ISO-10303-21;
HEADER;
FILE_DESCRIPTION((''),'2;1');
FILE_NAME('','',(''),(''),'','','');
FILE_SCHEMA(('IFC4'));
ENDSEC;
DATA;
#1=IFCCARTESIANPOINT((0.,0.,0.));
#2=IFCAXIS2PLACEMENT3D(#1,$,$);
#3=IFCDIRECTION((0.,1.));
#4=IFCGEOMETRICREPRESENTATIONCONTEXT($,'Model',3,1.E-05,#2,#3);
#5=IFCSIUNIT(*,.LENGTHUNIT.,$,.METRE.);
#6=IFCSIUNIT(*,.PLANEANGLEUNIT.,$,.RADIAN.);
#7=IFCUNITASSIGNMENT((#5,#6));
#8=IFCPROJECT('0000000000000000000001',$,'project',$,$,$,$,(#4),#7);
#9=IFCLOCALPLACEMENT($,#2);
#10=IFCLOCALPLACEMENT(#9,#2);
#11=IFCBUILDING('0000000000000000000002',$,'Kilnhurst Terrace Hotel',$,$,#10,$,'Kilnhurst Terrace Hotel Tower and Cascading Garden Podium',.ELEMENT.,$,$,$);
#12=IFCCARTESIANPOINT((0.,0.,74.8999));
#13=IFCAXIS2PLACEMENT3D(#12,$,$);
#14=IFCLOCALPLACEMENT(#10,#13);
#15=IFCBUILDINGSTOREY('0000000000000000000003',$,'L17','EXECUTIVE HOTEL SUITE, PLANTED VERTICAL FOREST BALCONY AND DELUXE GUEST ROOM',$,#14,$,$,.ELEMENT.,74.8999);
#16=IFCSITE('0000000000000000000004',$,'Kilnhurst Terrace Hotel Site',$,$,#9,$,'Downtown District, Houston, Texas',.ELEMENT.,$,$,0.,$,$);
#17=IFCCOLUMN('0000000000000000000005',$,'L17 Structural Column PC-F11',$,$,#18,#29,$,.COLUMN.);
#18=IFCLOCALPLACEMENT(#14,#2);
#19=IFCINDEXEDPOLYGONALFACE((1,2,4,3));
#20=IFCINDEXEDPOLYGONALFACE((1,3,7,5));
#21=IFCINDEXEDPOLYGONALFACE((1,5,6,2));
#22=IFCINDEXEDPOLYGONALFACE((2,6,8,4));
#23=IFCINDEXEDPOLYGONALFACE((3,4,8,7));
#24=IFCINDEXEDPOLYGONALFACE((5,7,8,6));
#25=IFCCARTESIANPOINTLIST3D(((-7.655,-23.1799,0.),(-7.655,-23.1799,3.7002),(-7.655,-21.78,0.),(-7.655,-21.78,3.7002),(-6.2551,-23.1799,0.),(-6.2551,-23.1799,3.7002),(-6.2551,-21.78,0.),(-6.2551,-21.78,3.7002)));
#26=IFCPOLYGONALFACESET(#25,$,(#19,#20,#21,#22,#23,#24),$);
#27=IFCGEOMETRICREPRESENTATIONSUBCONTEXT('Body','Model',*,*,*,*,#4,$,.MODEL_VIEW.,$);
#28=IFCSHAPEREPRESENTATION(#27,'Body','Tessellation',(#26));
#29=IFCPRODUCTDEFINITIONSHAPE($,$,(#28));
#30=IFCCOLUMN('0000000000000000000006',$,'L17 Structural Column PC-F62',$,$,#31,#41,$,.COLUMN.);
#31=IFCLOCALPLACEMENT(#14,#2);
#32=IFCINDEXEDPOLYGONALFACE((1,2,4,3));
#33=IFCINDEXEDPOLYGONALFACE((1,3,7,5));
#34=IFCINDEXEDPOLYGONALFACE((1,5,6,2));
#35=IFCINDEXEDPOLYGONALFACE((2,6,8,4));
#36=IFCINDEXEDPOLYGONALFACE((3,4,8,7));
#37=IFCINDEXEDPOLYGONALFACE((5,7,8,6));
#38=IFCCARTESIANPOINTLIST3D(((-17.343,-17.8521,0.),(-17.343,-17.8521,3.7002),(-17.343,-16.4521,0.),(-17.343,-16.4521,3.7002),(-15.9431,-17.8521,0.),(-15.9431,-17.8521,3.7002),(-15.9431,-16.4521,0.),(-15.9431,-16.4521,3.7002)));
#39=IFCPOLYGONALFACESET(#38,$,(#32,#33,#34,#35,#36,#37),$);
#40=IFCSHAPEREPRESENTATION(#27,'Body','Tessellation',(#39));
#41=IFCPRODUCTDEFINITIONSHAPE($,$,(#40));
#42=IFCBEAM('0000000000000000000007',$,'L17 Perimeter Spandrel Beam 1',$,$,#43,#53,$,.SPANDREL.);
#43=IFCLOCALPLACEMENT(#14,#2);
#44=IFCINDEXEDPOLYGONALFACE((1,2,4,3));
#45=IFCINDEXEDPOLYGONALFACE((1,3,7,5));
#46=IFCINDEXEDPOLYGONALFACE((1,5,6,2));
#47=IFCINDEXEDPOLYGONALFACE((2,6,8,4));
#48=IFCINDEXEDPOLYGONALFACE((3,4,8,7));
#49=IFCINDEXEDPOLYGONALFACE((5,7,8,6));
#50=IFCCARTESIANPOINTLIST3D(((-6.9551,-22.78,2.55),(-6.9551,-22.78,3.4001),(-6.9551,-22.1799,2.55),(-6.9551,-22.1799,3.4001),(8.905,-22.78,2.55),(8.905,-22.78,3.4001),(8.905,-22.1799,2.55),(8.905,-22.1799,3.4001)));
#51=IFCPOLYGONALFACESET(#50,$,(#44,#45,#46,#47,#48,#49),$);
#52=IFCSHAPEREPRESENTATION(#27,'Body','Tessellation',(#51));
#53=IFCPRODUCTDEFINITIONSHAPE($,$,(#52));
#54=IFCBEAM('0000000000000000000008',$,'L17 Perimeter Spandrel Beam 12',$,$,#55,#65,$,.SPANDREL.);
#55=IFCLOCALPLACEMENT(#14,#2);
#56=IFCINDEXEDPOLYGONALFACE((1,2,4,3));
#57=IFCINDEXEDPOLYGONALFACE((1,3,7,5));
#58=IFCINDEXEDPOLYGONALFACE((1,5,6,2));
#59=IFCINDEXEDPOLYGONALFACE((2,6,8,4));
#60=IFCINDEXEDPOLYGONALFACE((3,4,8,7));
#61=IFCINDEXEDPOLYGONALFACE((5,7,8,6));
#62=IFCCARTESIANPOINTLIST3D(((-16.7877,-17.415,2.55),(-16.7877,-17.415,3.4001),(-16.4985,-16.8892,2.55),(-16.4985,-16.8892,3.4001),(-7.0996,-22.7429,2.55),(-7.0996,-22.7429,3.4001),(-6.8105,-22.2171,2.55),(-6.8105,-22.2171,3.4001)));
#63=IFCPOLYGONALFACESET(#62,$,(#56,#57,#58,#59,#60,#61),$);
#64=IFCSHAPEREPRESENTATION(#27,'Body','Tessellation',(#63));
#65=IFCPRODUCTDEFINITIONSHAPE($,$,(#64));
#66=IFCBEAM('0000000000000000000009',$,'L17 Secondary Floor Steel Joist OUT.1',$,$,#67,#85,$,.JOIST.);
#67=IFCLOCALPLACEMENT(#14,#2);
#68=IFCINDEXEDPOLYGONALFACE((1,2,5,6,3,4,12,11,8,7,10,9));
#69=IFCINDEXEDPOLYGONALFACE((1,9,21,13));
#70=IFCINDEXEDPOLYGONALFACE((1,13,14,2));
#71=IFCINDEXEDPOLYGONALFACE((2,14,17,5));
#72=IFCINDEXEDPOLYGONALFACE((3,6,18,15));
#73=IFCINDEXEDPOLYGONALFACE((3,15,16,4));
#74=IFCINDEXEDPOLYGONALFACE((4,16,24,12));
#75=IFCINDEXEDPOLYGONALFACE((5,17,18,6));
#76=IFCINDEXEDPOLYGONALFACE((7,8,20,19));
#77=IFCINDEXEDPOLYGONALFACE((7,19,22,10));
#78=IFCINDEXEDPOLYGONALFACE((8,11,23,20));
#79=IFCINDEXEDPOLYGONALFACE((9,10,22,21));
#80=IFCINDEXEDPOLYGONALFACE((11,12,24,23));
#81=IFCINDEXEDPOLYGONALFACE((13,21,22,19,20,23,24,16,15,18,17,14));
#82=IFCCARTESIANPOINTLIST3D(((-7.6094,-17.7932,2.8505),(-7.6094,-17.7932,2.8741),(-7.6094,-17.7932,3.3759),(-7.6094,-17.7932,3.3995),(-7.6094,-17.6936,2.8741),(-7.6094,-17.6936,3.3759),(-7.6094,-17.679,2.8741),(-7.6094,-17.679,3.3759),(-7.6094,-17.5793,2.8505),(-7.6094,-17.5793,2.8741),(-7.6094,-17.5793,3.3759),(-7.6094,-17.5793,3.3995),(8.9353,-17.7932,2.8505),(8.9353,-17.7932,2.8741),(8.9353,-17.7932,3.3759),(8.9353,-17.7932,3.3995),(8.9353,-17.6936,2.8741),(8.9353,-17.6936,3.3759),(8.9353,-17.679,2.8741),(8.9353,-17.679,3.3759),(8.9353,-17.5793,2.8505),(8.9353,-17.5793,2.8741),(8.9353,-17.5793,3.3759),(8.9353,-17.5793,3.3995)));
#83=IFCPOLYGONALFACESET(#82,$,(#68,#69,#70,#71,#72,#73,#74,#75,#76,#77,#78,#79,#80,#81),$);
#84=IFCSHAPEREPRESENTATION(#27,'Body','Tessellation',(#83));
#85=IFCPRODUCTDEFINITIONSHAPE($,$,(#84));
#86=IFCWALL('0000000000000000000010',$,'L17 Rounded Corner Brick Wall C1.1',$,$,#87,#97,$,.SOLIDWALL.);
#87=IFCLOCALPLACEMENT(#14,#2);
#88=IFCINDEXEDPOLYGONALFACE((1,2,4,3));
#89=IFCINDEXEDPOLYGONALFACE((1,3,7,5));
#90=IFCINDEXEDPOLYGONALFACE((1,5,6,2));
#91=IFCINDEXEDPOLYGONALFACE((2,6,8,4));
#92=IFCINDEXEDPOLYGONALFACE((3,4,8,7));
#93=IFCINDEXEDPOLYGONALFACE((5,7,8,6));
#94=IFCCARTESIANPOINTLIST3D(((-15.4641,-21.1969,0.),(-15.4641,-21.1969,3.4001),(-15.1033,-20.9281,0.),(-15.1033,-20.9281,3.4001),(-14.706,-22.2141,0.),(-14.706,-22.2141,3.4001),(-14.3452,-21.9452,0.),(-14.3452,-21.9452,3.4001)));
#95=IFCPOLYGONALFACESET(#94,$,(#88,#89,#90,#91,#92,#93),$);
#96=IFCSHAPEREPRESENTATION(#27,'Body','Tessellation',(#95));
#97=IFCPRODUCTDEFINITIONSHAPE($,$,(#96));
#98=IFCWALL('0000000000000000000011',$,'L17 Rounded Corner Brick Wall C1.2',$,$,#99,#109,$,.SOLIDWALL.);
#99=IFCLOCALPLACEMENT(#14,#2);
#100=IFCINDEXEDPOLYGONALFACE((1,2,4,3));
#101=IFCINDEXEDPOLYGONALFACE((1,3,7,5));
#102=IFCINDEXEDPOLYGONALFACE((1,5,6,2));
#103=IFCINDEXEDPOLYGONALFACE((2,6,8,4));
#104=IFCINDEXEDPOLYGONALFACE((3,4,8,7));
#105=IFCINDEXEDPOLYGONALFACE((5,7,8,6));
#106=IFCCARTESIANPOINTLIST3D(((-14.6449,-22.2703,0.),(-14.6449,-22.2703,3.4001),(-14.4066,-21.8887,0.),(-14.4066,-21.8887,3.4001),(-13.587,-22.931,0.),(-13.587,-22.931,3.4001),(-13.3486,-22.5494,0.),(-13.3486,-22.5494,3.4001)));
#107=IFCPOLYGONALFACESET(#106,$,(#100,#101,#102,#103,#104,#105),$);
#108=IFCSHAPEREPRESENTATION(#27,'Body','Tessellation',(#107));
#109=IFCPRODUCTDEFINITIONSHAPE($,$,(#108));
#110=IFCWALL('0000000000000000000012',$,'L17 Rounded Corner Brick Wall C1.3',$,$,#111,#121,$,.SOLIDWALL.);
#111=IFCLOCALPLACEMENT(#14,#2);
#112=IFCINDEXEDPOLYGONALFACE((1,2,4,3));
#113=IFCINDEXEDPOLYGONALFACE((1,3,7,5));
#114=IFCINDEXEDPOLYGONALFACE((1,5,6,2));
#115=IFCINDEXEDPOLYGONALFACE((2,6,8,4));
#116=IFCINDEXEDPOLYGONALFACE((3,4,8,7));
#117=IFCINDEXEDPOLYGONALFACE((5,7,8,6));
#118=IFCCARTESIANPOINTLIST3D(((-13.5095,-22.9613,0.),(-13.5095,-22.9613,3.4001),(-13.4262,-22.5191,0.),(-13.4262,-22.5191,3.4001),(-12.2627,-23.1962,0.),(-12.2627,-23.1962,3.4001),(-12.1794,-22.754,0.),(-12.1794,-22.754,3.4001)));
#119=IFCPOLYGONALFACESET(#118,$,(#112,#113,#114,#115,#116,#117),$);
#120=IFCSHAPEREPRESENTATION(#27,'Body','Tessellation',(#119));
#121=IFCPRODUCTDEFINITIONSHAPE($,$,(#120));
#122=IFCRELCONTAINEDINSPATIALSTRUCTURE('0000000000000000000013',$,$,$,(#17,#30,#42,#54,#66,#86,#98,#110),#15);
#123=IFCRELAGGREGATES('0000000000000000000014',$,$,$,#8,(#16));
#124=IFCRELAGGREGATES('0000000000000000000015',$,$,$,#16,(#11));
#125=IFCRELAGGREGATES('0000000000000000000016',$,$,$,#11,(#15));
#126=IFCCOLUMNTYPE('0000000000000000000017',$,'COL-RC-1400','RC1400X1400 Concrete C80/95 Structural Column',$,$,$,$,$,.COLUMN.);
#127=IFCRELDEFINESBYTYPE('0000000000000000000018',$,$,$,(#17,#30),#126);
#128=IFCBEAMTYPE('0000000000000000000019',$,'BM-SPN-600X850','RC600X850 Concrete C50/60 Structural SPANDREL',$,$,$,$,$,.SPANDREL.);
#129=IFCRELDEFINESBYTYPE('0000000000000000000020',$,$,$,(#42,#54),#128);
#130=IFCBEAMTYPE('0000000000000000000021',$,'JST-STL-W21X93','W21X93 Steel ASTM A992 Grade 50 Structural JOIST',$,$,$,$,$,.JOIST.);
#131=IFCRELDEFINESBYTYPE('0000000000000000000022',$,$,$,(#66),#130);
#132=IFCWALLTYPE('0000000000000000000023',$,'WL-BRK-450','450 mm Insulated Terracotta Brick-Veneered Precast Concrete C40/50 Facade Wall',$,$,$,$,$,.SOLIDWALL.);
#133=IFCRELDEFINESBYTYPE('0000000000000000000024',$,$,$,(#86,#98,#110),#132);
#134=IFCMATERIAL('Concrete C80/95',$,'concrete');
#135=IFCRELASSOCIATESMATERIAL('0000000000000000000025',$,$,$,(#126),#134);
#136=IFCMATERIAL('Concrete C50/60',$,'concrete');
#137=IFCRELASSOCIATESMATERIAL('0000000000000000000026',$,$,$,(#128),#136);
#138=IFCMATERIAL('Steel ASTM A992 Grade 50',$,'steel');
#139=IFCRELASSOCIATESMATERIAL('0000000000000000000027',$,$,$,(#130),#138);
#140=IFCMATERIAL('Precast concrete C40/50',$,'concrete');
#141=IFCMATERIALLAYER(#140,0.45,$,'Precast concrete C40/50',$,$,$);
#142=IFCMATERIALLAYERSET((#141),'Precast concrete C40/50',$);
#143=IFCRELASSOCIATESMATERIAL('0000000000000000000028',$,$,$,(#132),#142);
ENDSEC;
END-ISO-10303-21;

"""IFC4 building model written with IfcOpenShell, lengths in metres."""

from ifc_helpers import new_model, si_unit, direction, frame, frame_2d, origin, origin_2d, place, context, subcontext, project, spatial, rectangle, i_section, extrude, material, layer, layer_set, material_profile, profile_set, type_object, element, save


model = new_model("IFC4")

# Units and contexts
model_context = context("Model", 3, precision=1e-05, world=origin(), true_north=direction((0.0, 1.0)))
body_context = subcontext(model_context, "Body", "Model", "MODEL_VIEW")
ifc_project = project(units=[si_unit("LENGTHUNIT", "METRE"), si_unit("PLANEANGLEUNIT", "RADIAN")], contexts=[model_context])

# Site, building, storey
site_placement = place(None, origin())
site = spatial("IfcSite", under=ifc_project, at=site_placement, Name="Kilnhurst Terrace Hotel Site", LongName="Downtown District, Houston, Texas", CompositionType="ELEMENT", RefElevation=0.0)
building_placement = place(site_placement, origin())
building = spatial("IfcBuilding", under=site, at=building_placement, Name="Kilnhurst Terrace Hotel", LongName="Kilnhurst Terrace Hotel Tower and Cascading Garden Podium", CompositionType="ELEMENT")
storey_placement = place(building_placement, frame((0.0, 0.0, 74.8999)))
storey = spatial("IfcBuildingStorey", under=building, at=storey_placement, Name="L17", Description="EXECUTIVE HOTEL SUITE, PLANTED VERTICAL FOREST BALCONY AND DELUXE GUEST ROOM", CompositionType="ELEMENT", Elevation=74.8999)

# Columns
ifc_material_1 = material(Name="Concrete C80/95", Category="concrete")
ifc_material_profile_1 = material_profile(ifc_material_1, rectangle(XDim=1.3999, YDim=1.3999, at=origin_2d()), Name="RC1400X1400")
ifc_profile_set_1 = profile_set([ifc_material_profile_1], Name="Concrete C80/95")
column_type = type_object("IfcColumnType", Name="COL-RC-1400", Description="RC1400X1400 Concrete C80/95 Structural Column", PredefinedType="COLUMN", material=ifc_profile_set_1)
for number, where, z_axis, x_axis, name in (
    (1, (-6.9551, -22.48, 0.0), (0.0, 0.0, 1.0), (1.0, 0.0, 0.0), "L17 Structural Column PC-F11"),
    (2, (-16.6431, -17.1521, 0.0), (0.0, 0.0, 1.0), (1.0, 0.0, 0.0), "L17 Structural Column PC-F62"),
):
    element("IfcColumn", number, at=place(storey_placement, frame(where, z_axis=z_axis, x_axis=x_axis)), inside=storey, type_object=column_type, Name=name, PredefinedType="COLUMN", context=body_context, shape_type="SweptSolid", body=[
        extrude(rectangle(XDim=1.3999, YDim=1.3999, at=origin_2d()), origin(), (0.0, 0.0, 1.0), 3.7002),
    ])

# Beams
ifc_material_2 = material(Name="Concrete C50/60", Category="concrete")
ifc_material_profile_2 = material_profile(ifc_material_2, rectangle(XDim=0.6001, YDim=0.8501, at=origin_2d()), Name="RC600X850")
ifc_profile_set_2 = profile_set([ifc_material_profile_2], Name="Concrete C50/60")
beam_type_1 = type_object("IfcBeamType", Name="BM-SPN-600X850", Description="RC600X850 Concrete C50/60 Structural SPANDREL", PredefinedType="SPANDREL", material=ifc_profile_set_2)
beam_1_placement = place(storey_placement, frame((-6.9551, -22.48, 2.9751), z_axis=(1.0, 0.0, 0.0), x_axis=(0.0, 1.0, 0.0)))
element("IfcBeam", 3, at=beam_1_placement, inside=storey, type_object=beam_type_1, Name="L17 Perimeter Spandrel Beam 1", PredefinedType="SPANDREL", context=body_context, shape_type="SweptSolid", body=[
    extrude(rectangle(XDim=0.6001, YDim=0.8501, at=origin_2d()), origin(), (0.0, 0.0, 1.0), 15.8601),
])
beam_2_placement = place(storey_placement, frame((-16.6431, -17.1521, 2.9751), z_axis=(0.876235, -0.481883, 0.0), x_axis=(0.481883, 0.876235, 0.0)))
element("IfcBeam", 4, at=beam_2_placement, inside=storey, type_object=beam_type_1, Name="L17 Perimeter Spandrel Beam 12", PredefinedType="SPANDREL", context=body_context, shape_type="SweptSolid", body=[
    extrude(rectangle(XDim=0.6001, YDim=0.8501, at=origin_2d()), origin(), (0.0, 0.0, 1.0), 11.0564),
])
ifc_material_3 = material(Name="Steel ASTM A992 Grade 50", Category="steel")
ifc_material_profile_3 = material_profile(ifc_material_3, i_section(OverallWidth=0.2139, OverallDepth=0.5491, WebThickness=0.0146, FlangeThickness=0.0237, at=origin_2d()), Name="W21X93")
ifc_profile_set_3 = profile_set([ifc_material_profile_3], Name="Steel ASTM A992 Grade 50")
beam_type_2 = type_object("IfcBeamType", Name="JST-STL-W21X93", Description="W21X93 Steel ASTM A992 Grade 50 Structural JOIST", PredefinedType="JOIST", material=ifc_profile_set_3)
beam_3_placement = place(storey_placement, frame((-7.6094, -17.6863, 3.125), z_axis=(1.0, 0.0, 0.0), x_axis=(0.0, 1.0, 0.0)))
element("IfcBeam", 5, at=beam_3_placement, inside=storey, type_object=beam_type_2, Name="L17 Secondary Floor Steel Joist OUT.1", PredefinedType="JOIST", context=body_context, shape_type="SweptSolid", body=[
    extrude(i_section(OverallWidth=0.2139, OverallDepth=0.5491, WebThickness=0.0146, FlangeThickness=0.0237, at=origin_2d()), origin(), (0.0, 0.0, 1.0), 16.5447),
])

# Walls
ifc_material_4 = material(Name="Precast concrete C40/50", Category="concrete")
ifc_layer_1 = layer(ifc_material_4, 0.45, Name="Precast concrete C40/50")
ifc_layer_set_1 = layer_set([ifc_layer_1], Name="Precast concrete C40/50")
wall_type_1 = type_object("IfcWallType", Name="WL-BRK-450", Description="450 mm Insulated Terracotta Brick-Veneered Precast Concrete C40/50 Facade Wall", PredefinedType="SOLIDWALL", material=ifc_layer_set_1)
wall_1_placement = place(storey_placement, frame((-15.2837, -21.0625, 0.0), z_axis=(0.0, 0.0, 1.0), x_axis=(0.597595, -0.801798, 0.0)))
element("IfcWall", 6, at=wall_1_placement, inside=storey, type_object=wall_type_1, Name="L17 Rounded Corner Brick Wall C1.1", PredefinedType="SOLIDWALL", context=body_context, shape_type="SweptSolid", body=[
    extrude(rectangle(XDim=1.2686, YDim=0.45, at=frame_2d((0.6343, 0.0))), origin(), (0.0, 0.0, 1.0), 3.4001),
])
wall_2_placement = place(storey_placement, frame((-14.5256, -22.0796, 0.0), z_axis=(0.0, 0.0, 1.0), x_axis=(0.848185, -0.5297, 0.0)))
element("IfcWall", 7, at=wall_2_placement, inside=storey, type_object=wall_type_1, Name="L17 Rounded Corner Brick Wall C1.2", PredefinedType="SOLIDWALL", context=body_context, shape_type="SweptSolid", body=[
    extrude(rectangle(XDim=1.2473, YDim=0.45, at=frame_2d((0.6235, 0.0))), origin(), (0.0, 0.0, 1.0), 3.4001),
])
wall_3_placement = place(storey_placement, frame((-13.4678, -22.7402, 0.0), z_axis=(0.0, 0.0, 1.0), x_axis=(0.982717, -0.185113, 0.0)))
element("IfcWall", 8, at=wall_3_placement, inside=storey, type_object=wall_type_1, Name="L17 Rounded Corner Brick Wall C1.3", PredefinedType="SOLIDWALL", context=body_context, shape_type="SweptSolid", body=[
    extrude(rectangle(XDim=1.2688, YDim=0.45, at=frame_2d((0.6343, 0.0))), origin(), (0.0, 0.0, 1.0), 3.4001),
])

save(model, "model.ifc")
